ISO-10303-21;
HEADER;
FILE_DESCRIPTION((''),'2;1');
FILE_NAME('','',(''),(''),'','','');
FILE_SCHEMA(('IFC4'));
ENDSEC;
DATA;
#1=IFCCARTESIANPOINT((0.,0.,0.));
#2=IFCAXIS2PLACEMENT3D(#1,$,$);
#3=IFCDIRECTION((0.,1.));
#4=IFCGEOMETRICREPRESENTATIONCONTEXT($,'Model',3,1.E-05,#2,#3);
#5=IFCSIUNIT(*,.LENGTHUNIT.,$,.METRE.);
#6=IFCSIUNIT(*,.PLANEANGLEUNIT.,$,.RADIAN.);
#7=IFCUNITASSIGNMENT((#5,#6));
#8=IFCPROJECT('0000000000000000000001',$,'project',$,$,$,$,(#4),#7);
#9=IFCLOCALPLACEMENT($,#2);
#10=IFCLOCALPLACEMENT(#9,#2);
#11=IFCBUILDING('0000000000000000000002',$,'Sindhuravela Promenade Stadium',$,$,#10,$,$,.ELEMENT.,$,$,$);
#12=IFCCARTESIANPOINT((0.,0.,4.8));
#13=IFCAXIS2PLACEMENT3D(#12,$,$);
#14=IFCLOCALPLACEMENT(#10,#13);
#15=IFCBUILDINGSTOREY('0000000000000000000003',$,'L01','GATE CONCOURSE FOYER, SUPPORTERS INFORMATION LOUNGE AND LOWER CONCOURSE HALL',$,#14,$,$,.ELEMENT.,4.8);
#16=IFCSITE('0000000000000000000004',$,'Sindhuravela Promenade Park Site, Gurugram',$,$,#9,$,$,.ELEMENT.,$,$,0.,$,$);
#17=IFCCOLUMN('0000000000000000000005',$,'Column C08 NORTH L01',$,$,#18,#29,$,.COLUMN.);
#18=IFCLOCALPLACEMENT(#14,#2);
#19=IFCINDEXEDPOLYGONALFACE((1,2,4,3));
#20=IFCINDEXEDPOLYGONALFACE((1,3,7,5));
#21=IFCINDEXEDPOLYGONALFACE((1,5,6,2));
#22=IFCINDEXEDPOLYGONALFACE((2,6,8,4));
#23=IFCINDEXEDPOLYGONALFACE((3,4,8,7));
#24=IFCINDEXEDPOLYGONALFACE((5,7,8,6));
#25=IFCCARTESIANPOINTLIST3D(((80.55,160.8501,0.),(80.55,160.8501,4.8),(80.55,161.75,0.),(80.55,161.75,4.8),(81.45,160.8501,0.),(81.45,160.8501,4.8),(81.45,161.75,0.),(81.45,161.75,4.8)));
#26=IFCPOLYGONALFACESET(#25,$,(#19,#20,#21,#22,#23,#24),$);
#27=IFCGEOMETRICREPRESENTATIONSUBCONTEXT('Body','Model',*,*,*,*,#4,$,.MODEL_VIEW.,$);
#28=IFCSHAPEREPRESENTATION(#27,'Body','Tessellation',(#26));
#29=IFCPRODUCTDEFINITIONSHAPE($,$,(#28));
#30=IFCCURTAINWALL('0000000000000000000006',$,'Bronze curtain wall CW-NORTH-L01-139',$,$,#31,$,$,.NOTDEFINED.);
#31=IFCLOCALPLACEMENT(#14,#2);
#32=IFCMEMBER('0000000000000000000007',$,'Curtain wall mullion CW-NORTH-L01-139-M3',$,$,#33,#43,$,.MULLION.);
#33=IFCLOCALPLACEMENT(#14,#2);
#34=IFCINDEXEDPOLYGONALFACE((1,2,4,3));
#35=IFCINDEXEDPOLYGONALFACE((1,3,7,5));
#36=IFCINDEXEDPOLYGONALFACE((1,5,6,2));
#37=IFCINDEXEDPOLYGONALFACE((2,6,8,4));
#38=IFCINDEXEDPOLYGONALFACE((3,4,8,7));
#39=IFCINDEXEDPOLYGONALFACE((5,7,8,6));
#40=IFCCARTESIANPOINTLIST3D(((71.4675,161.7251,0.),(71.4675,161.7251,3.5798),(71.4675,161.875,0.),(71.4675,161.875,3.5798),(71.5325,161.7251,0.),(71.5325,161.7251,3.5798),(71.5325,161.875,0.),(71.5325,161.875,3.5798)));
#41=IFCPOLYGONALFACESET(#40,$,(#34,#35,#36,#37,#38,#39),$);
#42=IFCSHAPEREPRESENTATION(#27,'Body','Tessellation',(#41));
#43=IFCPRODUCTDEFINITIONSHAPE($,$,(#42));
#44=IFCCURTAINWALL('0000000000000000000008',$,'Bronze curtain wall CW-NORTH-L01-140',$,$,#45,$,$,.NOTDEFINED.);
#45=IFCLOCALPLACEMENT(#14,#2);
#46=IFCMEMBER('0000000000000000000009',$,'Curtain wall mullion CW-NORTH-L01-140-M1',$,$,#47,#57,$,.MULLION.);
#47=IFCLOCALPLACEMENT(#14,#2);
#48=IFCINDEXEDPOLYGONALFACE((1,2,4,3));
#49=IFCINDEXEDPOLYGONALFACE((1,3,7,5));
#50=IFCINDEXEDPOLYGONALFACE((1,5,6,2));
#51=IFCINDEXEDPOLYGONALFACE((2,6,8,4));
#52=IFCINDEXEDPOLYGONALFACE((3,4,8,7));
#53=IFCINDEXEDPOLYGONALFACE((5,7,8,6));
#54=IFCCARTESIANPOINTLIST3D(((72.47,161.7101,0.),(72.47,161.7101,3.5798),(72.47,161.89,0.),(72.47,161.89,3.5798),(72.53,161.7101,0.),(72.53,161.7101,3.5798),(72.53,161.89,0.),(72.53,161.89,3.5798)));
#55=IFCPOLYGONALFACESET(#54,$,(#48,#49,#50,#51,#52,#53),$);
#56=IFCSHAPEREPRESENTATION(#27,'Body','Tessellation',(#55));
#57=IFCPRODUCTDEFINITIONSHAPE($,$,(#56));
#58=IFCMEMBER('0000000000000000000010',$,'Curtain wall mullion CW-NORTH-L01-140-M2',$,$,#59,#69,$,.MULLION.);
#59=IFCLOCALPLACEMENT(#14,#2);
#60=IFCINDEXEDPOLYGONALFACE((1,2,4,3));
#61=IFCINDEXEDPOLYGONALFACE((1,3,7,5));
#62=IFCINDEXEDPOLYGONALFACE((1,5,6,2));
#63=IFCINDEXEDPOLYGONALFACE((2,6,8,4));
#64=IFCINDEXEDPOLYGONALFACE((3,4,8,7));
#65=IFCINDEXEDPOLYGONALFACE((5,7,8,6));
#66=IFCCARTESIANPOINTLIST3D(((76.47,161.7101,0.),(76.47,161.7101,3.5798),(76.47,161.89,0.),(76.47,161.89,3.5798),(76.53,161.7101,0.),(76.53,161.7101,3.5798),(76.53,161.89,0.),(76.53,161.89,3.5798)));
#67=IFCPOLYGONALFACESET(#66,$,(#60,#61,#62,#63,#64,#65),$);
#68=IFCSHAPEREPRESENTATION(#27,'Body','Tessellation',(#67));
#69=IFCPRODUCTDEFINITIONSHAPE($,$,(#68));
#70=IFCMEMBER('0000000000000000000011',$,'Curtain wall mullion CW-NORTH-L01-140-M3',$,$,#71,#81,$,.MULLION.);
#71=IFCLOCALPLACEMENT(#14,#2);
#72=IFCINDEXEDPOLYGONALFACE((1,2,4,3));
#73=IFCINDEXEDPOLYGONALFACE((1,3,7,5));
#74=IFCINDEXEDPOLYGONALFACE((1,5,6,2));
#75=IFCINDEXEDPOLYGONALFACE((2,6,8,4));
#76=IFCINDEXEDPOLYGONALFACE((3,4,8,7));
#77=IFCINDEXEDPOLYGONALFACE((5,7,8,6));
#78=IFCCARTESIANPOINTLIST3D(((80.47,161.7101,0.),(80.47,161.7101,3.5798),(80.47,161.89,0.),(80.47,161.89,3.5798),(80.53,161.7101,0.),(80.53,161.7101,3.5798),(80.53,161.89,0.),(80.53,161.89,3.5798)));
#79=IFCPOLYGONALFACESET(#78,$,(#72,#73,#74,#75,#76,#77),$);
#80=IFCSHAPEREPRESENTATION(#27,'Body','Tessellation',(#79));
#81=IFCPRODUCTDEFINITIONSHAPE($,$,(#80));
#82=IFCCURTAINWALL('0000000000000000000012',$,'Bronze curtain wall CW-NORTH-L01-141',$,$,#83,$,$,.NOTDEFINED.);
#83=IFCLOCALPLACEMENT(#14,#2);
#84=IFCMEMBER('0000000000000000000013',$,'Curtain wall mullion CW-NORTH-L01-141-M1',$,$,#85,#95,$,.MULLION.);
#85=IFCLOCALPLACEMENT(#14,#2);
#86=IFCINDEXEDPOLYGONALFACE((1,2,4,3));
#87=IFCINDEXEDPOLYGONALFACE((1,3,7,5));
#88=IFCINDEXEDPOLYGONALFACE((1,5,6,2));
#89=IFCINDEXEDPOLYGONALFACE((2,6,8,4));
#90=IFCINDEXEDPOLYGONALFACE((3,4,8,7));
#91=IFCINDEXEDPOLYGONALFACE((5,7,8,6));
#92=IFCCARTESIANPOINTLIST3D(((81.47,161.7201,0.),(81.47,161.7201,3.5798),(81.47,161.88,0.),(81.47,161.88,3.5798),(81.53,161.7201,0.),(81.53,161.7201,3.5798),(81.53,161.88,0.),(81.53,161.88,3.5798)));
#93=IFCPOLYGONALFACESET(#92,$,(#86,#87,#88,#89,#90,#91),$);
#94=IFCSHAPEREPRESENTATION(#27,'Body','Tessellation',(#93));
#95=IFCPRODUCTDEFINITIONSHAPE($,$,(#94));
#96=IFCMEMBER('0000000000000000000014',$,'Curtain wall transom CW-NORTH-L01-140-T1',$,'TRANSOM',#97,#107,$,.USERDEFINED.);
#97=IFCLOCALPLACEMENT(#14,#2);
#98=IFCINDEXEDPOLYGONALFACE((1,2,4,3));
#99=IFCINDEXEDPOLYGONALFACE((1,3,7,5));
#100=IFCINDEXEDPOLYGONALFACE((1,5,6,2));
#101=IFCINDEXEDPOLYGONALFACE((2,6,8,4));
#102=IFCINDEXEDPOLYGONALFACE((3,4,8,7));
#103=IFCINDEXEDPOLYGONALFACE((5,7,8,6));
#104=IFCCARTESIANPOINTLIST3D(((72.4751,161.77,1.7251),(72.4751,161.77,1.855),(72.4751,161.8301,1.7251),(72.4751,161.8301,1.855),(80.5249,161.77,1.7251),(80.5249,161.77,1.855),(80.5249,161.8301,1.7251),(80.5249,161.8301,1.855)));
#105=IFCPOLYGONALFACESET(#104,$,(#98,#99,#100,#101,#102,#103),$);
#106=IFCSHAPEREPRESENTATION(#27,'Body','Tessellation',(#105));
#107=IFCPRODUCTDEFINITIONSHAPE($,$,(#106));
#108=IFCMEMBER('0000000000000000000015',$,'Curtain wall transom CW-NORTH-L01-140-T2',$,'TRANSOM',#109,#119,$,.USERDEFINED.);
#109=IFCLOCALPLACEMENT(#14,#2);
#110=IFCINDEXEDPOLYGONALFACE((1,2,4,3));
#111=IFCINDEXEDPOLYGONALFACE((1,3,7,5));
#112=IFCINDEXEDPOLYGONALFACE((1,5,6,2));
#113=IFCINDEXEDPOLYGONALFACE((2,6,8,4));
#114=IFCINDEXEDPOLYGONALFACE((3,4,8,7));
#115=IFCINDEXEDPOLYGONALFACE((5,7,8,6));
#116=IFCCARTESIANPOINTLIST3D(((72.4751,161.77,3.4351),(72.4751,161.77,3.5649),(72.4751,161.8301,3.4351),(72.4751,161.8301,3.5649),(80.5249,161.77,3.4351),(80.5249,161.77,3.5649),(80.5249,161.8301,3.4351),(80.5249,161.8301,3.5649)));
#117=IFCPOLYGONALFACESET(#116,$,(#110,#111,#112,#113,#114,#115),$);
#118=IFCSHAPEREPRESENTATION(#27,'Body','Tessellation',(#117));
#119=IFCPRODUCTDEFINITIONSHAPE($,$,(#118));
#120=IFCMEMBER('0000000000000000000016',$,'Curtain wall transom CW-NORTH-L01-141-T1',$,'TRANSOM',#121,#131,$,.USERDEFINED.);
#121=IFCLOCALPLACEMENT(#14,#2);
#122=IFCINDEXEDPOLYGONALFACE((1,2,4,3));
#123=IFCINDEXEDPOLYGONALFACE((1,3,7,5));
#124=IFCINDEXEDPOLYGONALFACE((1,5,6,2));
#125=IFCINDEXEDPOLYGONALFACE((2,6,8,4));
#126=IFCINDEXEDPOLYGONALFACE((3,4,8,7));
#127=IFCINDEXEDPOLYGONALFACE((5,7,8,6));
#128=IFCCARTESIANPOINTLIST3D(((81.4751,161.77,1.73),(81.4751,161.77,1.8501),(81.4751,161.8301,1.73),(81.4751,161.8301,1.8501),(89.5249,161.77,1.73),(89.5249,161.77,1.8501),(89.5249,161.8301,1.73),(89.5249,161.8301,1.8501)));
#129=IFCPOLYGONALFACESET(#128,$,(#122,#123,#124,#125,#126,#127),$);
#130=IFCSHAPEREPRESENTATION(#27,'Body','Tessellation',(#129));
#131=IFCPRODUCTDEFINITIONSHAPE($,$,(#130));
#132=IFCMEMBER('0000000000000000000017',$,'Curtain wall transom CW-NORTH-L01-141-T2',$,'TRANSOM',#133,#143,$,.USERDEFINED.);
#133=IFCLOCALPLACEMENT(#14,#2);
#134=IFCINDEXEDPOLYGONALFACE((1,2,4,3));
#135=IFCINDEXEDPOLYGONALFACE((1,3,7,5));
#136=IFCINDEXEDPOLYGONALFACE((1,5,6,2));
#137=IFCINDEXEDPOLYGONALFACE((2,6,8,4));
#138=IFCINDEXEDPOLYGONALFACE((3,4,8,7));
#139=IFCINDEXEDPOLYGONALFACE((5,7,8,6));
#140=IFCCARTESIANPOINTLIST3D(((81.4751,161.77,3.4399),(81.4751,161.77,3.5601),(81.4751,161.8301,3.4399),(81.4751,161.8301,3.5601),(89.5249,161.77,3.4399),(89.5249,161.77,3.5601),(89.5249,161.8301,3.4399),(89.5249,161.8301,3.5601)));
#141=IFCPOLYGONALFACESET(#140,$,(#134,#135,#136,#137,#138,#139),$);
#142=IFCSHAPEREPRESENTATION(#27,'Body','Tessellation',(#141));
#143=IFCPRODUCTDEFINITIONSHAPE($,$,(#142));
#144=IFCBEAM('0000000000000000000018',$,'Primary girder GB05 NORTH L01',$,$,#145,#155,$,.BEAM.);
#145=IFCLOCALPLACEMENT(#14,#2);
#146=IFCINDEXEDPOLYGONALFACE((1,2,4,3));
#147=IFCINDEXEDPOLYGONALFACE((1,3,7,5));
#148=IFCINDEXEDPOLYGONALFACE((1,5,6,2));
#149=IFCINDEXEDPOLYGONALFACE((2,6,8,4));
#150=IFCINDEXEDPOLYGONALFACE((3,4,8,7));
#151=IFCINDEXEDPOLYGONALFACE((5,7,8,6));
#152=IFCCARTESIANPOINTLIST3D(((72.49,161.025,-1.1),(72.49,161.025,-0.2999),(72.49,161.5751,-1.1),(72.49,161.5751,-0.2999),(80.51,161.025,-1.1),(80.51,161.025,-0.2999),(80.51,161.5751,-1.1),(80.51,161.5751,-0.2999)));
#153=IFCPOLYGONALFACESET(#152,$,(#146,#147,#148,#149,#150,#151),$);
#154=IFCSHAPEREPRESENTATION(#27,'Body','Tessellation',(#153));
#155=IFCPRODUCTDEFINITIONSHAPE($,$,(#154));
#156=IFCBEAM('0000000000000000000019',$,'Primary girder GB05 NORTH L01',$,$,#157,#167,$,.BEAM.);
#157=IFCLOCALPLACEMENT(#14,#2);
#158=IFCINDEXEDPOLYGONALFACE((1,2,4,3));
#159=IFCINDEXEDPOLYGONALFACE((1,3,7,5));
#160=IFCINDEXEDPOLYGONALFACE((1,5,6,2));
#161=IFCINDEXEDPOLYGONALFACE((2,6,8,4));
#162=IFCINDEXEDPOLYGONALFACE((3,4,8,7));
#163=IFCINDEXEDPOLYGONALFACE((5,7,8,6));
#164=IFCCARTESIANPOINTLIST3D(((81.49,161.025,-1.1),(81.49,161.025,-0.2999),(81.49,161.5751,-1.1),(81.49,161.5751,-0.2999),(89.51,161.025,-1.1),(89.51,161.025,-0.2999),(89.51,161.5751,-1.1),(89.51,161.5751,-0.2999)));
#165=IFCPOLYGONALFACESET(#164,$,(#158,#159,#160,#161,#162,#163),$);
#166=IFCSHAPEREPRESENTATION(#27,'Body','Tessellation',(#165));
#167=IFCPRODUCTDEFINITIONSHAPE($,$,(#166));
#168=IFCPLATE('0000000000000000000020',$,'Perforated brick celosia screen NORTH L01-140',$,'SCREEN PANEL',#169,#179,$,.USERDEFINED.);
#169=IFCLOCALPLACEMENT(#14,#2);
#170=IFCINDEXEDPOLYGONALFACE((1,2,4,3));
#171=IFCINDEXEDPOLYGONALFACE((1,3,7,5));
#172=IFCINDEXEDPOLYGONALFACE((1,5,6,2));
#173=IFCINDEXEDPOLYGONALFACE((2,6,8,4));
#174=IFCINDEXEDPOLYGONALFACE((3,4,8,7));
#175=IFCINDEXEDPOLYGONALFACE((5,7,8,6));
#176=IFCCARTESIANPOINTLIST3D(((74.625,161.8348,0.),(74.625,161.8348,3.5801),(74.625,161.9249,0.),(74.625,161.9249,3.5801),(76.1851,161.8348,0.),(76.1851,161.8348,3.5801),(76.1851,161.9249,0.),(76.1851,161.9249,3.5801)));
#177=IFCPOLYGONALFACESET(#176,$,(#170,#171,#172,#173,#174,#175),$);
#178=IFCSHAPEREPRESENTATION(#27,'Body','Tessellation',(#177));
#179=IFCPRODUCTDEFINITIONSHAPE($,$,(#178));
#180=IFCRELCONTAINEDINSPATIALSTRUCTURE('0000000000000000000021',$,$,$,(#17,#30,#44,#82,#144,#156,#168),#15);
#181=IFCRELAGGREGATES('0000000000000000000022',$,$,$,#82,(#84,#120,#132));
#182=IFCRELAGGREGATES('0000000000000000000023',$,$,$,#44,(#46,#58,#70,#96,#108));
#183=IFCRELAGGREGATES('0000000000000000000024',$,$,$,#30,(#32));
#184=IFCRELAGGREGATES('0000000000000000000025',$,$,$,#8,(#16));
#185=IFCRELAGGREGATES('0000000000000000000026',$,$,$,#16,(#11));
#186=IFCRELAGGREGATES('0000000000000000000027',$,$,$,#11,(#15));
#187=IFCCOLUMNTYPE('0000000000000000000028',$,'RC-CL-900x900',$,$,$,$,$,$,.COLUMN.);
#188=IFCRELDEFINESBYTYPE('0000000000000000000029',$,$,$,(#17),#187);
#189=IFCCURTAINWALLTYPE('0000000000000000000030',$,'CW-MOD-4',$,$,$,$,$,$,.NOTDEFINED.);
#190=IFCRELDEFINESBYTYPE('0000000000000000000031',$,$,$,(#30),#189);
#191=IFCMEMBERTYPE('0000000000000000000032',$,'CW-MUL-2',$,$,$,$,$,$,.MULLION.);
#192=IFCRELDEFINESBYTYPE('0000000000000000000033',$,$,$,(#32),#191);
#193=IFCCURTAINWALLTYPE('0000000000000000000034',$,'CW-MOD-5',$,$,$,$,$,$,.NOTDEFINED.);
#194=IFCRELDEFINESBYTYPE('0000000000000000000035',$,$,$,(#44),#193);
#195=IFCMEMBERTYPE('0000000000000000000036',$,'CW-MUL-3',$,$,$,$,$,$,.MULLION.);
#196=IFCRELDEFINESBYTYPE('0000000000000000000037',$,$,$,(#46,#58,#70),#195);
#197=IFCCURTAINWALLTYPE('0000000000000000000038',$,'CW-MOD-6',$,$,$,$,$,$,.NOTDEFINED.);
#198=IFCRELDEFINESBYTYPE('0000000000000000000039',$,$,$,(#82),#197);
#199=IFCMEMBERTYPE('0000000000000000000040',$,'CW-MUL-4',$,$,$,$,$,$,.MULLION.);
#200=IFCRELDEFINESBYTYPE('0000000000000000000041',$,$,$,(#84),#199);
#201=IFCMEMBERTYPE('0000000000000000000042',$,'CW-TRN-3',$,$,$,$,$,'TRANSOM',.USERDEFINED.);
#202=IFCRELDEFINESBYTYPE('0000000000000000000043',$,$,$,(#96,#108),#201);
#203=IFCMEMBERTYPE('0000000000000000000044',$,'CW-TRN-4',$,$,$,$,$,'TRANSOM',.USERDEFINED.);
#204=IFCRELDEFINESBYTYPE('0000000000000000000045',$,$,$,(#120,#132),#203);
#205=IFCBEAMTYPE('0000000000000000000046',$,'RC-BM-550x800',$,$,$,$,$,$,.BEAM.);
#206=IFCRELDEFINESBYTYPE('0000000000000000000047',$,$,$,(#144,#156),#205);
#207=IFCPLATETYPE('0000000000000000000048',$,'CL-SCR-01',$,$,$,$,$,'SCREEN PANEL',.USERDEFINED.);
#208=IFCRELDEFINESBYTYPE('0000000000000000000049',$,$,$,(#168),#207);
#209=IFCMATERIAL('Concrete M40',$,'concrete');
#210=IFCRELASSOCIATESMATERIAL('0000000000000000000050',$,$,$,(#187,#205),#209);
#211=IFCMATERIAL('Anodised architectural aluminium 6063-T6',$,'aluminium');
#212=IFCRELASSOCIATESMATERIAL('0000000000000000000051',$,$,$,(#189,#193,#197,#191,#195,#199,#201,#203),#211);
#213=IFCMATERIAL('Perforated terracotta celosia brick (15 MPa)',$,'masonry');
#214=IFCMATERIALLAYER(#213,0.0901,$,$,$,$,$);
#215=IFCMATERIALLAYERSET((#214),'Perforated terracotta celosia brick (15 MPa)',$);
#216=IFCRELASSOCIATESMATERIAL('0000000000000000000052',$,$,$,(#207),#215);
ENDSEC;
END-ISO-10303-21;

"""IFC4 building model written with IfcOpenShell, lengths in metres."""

from ifc_helpers import new_model, si_unit, direction, frame, origin, origin_2d, place, context, subcontext, project, spatial, rectangle, extrude, material, layer, layer_set, material_profile, profile_set, type_object, element, aggregate, save


model = new_model("IFC4")

# Units and contexts
model_context = context("Model", 3, precision=1e-05, world=origin(), true_north=direction((0.0, 1.0)))
body_context = subcontext(model_context, "Body", "Model", "MODEL_VIEW")
ifc_project = project(units=[si_unit("LENGTHUNIT", "METRE"), si_unit("PLANEANGLEUNIT", "RADIAN")], contexts=[model_context])

# Site, building, storey
site_placement = place(None, origin())
site = spatial("IfcSite", under=ifc_project, at=site_placement, Name="Sindhuravela Promenade Park Site, Gurugram", CompositionType="ELEMENT", RefElevation=0.0)
building_placement = place(site_placement, origin())
building = spatial("IfcBuilding", under=site, at=building_placement, Name="Sindhuravela Promenade Stadium", CompositionType="ELEMENT")
storey_placement = place(building_placement, frame((0.0, 0.0, 4.8)))
storey = spatial("IfcBuildingStorey", under=building, at=storey_placement, Name="L01", Description="GATE CONCOURSE FOYER, SUPPORTERS INFORMATION LOUNGE AND LOWER CONCOURSE HALL", CompositionType="ELEMENT", Elevation=4.8)

# Column
ifc_material_1 = material(Name="Concrete M40", Category="concrete")
ifc_material_profile_1 = material_profile(ifc_material_1, rectangle(XDim=0.8999, YDim=0.8999, at=origin_2d()), Name="RC 900x900")
ifc_profile_set_1 = profile_set([ifc_material_profile_1], Name="Concrete M40")
column_type = type_object("IfcColumnType", Name="RC-CL-900x900", PredefinedType="COLUMN", material=ifc_profile_set_1)
column_placement = place(storey_placement, frame((81.0, 161.3, 0.0), z_axis=(0.0, 0.0, 1.0), x_axis=(1.0, 0.0, 0.0)))
element("IfcColumn", 1, at=column_placement, inside=storey, type_object=column_type, Name="Column C08 NORTH L01", PredefinedType="COLUMN", context=body_context, shape_type="SweptSolid", body=[
    extrude(rectangle(XDim=0.8999, YDim=0.8999, at=origin_2d()), origin(), (0.0, 0.0, 1.0), 4.8),
])

# Curtain wall, member
ifc_material_2 = material(Name="Anodised architectural aluminium 6063-T6", Category="aluminium")
curtain_wall_type_1 = type_object("IfcCurtainWallType", Name="CW-MOD-4", PredefinedType="NOTDEFINED", material=ifc_material_2)
curtain_wall_1_placement = place(storey_placement, origin())
curtain_wall_1 = element("IfcCurtainWall", 2, at=curtain_wall_1_placement, inside=storey, type_object=curtain_wall_type_1, Name="Bronze curtain wall CW-NORTH-L01-139", PredefinedType="NOTDEFINED")
ifc_material_profile_2 = material_profile(ifc_material_2, rectangle(XDim=0.0649, YDim=0.1499, at=origin_2d()), Name="ALU MULL 65x150")
ifc_profile_set_2 = profile_set([ifc_material_profile_2], Name="Anodised architectural aluminium 6063-T6")
member_type_1 = type_object("IfcMemberType", Name="CW-MUL-2", PredefinedType="MULLION", material=ifc_profile_set_2)
member_1_placement = place(storey_placement, frame((71.5, 161.8, 0.0), z_axis=(0.0, 0.0, 1.0), x_axis=(1.0, 0.0, 0.0)))
member_1 = element("IfcMember", 3, at=member_1_placement, type_object=member_type_1, Name="Curtain wall mullion CW-NORTH-L01-139-M3", PredefinedType="MULLION", context=body_context, shape_type="SweptSolid", body=[
    extrude(rectangle(XDim=0.0649, YDim=0.1499, at=origin_2d()), origin(), (0.0, 0.0, 1.0), 3.5798),
])

# Curtain wall, members
curtain_wall_type_2 = type_object("IfcCurtainWallType", Name="CW-MOD-5", PredefinedType="NOTDEFINED", material=ifc_material_2)
curtain_wall_2_placement = place(storey_placement, origin())
curtain_wall_2 = element("IfcCurtainWall", 4, at=curtain_wall_2_placement, inside=storey, type_object=curtain_wall_type_2, Name="Bronze curtain wall CW-NORTH-L01-140", PredefinedType="NOTDEFINED")
ifc_material_profile_3 = material_profile(ifc_material_2, rectangle(XDim=0.0601, YDim=0.1799, at=origin_2d()), Name="ALU M60x180")
ifc_profile_set_3 = profile_set([ifc_material_profile_3], Name="Anodised architectural aluminium 6063-T6")
member_type_2 = type_object("IfcMemberType", Name="CW-MUL-3", PredefinedType="MULLION", material=ifc_profile_set_3)
member_2_placement = place(storey_placement, frame((72.5, 161.8, 0.0), z_axis=(0.0, 0.0, 1.0), x_axis=(1.0, 0.0, 0.0)))
member_2 = element("IfcMember", 5, at=member_2_placement, type_object=member_type_2, Name="Curtain wall mullion CW-NORTH-L01-140-M1", PredefinedType="MULLION", context=body_context, shape_type="SweptSolid", body=[
    extrude(rectangle(XDim=0.0601, YDim=0.1799, at=origin_2d()), origin(), (0.0, 0.0, 1.0), 3.5798),
])
member_3_placement = place(storey_placement, frame((76.5, 161.8, 0.0), z_axis=(0.0, 0.0, 1.0), x_axis=(1.0, 0.0, 0.0)))
member_3 = element("IfcMember", 6, at=member_3_placement, type_object=member_type_2, Name="Curtain wall mullion CW-NORTH-L01-140-M2", PredefinedType="MULLION", context=body_context, shape_type="SweptSolid", body=[
    extrude(rectangle(XDim=0.0601, YDim=0.1799, at=origin_2d()), origin(), (0.0, 0.0, 1.0), 3.5798),
])
member_4_placement = place(storey_placement, frame((80.5, 161.8, 0.0), z_axis=(0.0, 0.0, 1.0), x_axis=(1.0, 0.0, 0.0)))
member_4 = element("IfcMember", 7, at=member_4_placement, type_object=member_type_2, Name="Curtain wall mullion CW-NORTH-L01-140-M3", PredefinedType="MULLION", context=body_context, shape_type="SweptSolid", body=[
    extrude(rectangle(XDim=0.0601, YDim=0.1799, at=origin_2d()), origin(), (0.0, 0.0, 1.0), 3.5798),
])

# Curtain wall, member
curtain_wall_type_3 = type_object("IfcCurtainWallType", Name="CW-MOD-6", PredefinedType="NOTDEFINED", material=ifc_material_2)
curtain_wall_3_placement = place(storey_placement, origin())
curtain_wall_3 = element("IfcCurtainWall", 8, at=curtain_wall_3_placement, inside=storey, type_object=curtain_wall_type_3, Name="Bronze curtain wall CW-NORTH-L01-141", PredefinedType="NOTDEFINED")
ifc_material_profile_4 = material_profile(ifc_material_2, rectangle(XDim=0.0601, YDim=0.1599, at=origin_2d()), Name="ALU M60x160")
ifc_profile_set_4 = profile_set([ifc_material_profile_4], Name="Anodised architectural aluminium 6063-T6")
member_type_3 = type_object("IfcMemberType", Name="CW-MUL-4", PredefinedType="MULLION", material=ifc_profile_set_4)
member_5_placement = place(storey_placement, frame((81.5, 161.8, 0.0), z_axis=(0.0, 0.0, 1.0), x_axis=(1.0, 0.0, 0.0)))
member_5 = element("IfcMember", 9, at=member_5_placement, type_object=member_type_3, Name="Curtain wall mullion CW-NORTH-L01-141-M1", PredefinedType="MULLION", context=body_context, shape_type="SweptSolid", body=[
    extrude(rectangle(XDim=0.0601, YDim=0.1599, at=origin_2d()), origin(), (0.0, 0.0, 1.0), 3.5798),
])

# Members
ifc_material_profile_5 = material_profile(ifc_material_2, rectangle(XDim=0.0601, YDim=0.1299, at=origin_2d()), Name="ALU T60x130")
ifc_profile_set_5 = profile_set([ifc_material_profile_5], Name="Anodised architectural aluminium 6063-T6")
member_type_4 = type_object("IfcMemberType", Name="CW-TRN-3", ElementType="TRANSOM", PredefinedType="USERDEFINED", material=ifc_profile_set_5)
member_6_placement = place(storey_placement, frame((72.4751, 161.8, 1.79), z_axis=(1.0, 0.0, 0.0), x_axis=(0.0, 1.0, 0.0)))
member_6 = element("IfcMember", 10, at=member_6_placement, type_object=member_type_4, Name="Curtain wall transom CW-NORTH-L01-140-T1", ObjectType="TRANSOM", PredefinedType="USERDEFINED", context=body_context, shape_type="SweptSolid", body=[
    extrude(rectangle(XDim=0.0601, YDim=0.1299, at=origin_2d()), origin(), (0.0, 0.0, 1.0), 8.0498),
])
member_7_placement = place(storey_placement, frame((72.4751, 161.8, 3.5), z_axis=(1.0, 0.0, 0.0), x_axis=(0.0, 1.0, 0.0)))
member_7 = element("IfcMember", 11, at=member_7_placement, type_object=member_type_4, Name="Curtain wall transom CW-NORTH-L01-140-T2", ObjectType="TRANSOM", PredefinedType="USERDEFINED", context=body_context, shape_type="SweptSolid", body=[
    extrude(rectangle(XDim=0.0601, YDim=0.1299, at=origin_2d()), origin(), (0.0, 0.0, 1.0), 8.0498),
])
ifc_material_profile_6 = material_profile(ifc_material_2, rectangle(XDim=0.0601, YDim=0.1201, at=origin_2d()), Name="ALU T60x120")
ifc_profile_set_6 = profile_set([ifc_material_profile_6], Name="Anodised architectural aluminium 6063-T6")
member_type_5 = type_object("IfcMemberType", Name="CW-TRN-4", ElementType="TRANSOM", PredefinedType="USERDEFINED", material=ifc_profile_set_6)
member_8_placement = place(storey_placement, frame((81.4751, 161.8, 1.79), z_axis=(1.0, 0.0, 0.0), x_axis=(0.0, 1.0, 0.0)))
member_8 = element("IfcMember", 12, at=member_8_placement, type_object=member_type_5, Name="Curtain wall transom CW-NORTH-L01-141-T1", ObjectType="TRANSOM", PredefinedType="USERDEFINED", context=body_context, shape_type="SweptSolid", body=[
    extrude(rectangle(XDim=0.0601, YDim=0.1201, at=origin_2d()), origin(), (0.0, 0.0, 1.0), 8.0498),
])
member_9_placement = place(storey_placement, frame((81.4751, 161.8, 3.5), z_axis=(1.0, 0.0, 0.0), x_axis=(0.0, 1.0, 0.0)))
member_9 = element("IfcMember", 13, at=member_9_placement, type_object=member_type_5, Name="Curtain wall transom CW-NORTH-L01-141-T2", ObjectType="TRANSOM", PredefinedType="USERDEFINED", context=body_context, shape_type="SweptSolid", body=[
    extrude(rectangle(XDim=0.0601, YDim=0.1201, at=origin_2d()), origin(), (0.0, 0.0, 1.0), 8.0498),
])
aggregate(curtain_wall_3, [member_5, member_8, member_9])

# Beams
ifc_material_profile_7 = material_profile(ifc_material_1, rectangle(XDim=0.55, YDim=0.8, at=origin_2d()), Name="RC 550x800")
ifc_profile_set_7 = profile_set([ifc_material_profile_7], Name="Concrete M40")
beam_type = type_object("IfcBeamType", Name="RC-BM-550x800", PredefinedType="BEAM", material=ifc_profile_set_7)
for number, where, z_axis, x_axis, name in (
    (14, (72.49, 161.3, -0.7), (1.0, 0.0, 0.0), (0.0, 1.0, 0.0), "Primary girder GB05 NORTH L01"),
    (15, (81.49, 161.3, -0.7), (1.0, 0.0, 0.0), (0.0, 1.0, 0.0), "Primary girder GB05 NORTH L01"),
):
    element("IfcBeam", number, at=place(storey_placement, frame(where, z_axis=z_axis, x_axis=x_axis)), inside=storey, type_object=beam_type, Name=name, PredefinedType="BEAM", context=body_context, shape_type="SweptSolid", body=[
        extrude(rectangle(XDim=0.55, YDim=0.8, at=origin_2d()), origin(), (0.0, 0.0, 1.0), 8.02),
    ])

# Plate
ifc_material_3 = material(Name="Perforated terracotta celosia brick (15 MPa)", Category="masonry")
ifc_layer_1 = layer(ifc_material_3, 0.0901)
ifc_layer_set_1 = layer_set([ifc_layer_1], Name="Perforated terracotta celosia brick (15 MPa)")
plate_type_1 = type_object("IfcPlateType", Name="CL-SCR-01", ElementType="SCREEN PANEL", PredefinedType="USERDEFINED", material=ifc_layer_set_1)
plate_1_placement = place(storey_placement, frame((75.405, 161.8799, 0.0), z_axis=(0.0, 0.0, 1.0), x_axis=(1.0, 0.0, 0.0)))
element("IfcPlate", 16, at=plate_1_placement, inside=storey, type_object=plate_type_1, Name="Perforated brick celosia screen NORTH L01-140", ObjectType="SCREEN PANEL", PredefinedType="USERDEFINED", context=body_context, shape_type="SweptSolid", body=[
    extrude(rectangle(XDim=1.5601, YDim=0.0901, at=origin_2d()), origin(), (0.0, 0.0, 1.0), 3.5801),
])

aggregate(curtain_wall_2, [member_2, member_3, member_4, member_6, member_7])
aggregate(curtain_wall_1, [member_1])

save(model, "model.ifc")
